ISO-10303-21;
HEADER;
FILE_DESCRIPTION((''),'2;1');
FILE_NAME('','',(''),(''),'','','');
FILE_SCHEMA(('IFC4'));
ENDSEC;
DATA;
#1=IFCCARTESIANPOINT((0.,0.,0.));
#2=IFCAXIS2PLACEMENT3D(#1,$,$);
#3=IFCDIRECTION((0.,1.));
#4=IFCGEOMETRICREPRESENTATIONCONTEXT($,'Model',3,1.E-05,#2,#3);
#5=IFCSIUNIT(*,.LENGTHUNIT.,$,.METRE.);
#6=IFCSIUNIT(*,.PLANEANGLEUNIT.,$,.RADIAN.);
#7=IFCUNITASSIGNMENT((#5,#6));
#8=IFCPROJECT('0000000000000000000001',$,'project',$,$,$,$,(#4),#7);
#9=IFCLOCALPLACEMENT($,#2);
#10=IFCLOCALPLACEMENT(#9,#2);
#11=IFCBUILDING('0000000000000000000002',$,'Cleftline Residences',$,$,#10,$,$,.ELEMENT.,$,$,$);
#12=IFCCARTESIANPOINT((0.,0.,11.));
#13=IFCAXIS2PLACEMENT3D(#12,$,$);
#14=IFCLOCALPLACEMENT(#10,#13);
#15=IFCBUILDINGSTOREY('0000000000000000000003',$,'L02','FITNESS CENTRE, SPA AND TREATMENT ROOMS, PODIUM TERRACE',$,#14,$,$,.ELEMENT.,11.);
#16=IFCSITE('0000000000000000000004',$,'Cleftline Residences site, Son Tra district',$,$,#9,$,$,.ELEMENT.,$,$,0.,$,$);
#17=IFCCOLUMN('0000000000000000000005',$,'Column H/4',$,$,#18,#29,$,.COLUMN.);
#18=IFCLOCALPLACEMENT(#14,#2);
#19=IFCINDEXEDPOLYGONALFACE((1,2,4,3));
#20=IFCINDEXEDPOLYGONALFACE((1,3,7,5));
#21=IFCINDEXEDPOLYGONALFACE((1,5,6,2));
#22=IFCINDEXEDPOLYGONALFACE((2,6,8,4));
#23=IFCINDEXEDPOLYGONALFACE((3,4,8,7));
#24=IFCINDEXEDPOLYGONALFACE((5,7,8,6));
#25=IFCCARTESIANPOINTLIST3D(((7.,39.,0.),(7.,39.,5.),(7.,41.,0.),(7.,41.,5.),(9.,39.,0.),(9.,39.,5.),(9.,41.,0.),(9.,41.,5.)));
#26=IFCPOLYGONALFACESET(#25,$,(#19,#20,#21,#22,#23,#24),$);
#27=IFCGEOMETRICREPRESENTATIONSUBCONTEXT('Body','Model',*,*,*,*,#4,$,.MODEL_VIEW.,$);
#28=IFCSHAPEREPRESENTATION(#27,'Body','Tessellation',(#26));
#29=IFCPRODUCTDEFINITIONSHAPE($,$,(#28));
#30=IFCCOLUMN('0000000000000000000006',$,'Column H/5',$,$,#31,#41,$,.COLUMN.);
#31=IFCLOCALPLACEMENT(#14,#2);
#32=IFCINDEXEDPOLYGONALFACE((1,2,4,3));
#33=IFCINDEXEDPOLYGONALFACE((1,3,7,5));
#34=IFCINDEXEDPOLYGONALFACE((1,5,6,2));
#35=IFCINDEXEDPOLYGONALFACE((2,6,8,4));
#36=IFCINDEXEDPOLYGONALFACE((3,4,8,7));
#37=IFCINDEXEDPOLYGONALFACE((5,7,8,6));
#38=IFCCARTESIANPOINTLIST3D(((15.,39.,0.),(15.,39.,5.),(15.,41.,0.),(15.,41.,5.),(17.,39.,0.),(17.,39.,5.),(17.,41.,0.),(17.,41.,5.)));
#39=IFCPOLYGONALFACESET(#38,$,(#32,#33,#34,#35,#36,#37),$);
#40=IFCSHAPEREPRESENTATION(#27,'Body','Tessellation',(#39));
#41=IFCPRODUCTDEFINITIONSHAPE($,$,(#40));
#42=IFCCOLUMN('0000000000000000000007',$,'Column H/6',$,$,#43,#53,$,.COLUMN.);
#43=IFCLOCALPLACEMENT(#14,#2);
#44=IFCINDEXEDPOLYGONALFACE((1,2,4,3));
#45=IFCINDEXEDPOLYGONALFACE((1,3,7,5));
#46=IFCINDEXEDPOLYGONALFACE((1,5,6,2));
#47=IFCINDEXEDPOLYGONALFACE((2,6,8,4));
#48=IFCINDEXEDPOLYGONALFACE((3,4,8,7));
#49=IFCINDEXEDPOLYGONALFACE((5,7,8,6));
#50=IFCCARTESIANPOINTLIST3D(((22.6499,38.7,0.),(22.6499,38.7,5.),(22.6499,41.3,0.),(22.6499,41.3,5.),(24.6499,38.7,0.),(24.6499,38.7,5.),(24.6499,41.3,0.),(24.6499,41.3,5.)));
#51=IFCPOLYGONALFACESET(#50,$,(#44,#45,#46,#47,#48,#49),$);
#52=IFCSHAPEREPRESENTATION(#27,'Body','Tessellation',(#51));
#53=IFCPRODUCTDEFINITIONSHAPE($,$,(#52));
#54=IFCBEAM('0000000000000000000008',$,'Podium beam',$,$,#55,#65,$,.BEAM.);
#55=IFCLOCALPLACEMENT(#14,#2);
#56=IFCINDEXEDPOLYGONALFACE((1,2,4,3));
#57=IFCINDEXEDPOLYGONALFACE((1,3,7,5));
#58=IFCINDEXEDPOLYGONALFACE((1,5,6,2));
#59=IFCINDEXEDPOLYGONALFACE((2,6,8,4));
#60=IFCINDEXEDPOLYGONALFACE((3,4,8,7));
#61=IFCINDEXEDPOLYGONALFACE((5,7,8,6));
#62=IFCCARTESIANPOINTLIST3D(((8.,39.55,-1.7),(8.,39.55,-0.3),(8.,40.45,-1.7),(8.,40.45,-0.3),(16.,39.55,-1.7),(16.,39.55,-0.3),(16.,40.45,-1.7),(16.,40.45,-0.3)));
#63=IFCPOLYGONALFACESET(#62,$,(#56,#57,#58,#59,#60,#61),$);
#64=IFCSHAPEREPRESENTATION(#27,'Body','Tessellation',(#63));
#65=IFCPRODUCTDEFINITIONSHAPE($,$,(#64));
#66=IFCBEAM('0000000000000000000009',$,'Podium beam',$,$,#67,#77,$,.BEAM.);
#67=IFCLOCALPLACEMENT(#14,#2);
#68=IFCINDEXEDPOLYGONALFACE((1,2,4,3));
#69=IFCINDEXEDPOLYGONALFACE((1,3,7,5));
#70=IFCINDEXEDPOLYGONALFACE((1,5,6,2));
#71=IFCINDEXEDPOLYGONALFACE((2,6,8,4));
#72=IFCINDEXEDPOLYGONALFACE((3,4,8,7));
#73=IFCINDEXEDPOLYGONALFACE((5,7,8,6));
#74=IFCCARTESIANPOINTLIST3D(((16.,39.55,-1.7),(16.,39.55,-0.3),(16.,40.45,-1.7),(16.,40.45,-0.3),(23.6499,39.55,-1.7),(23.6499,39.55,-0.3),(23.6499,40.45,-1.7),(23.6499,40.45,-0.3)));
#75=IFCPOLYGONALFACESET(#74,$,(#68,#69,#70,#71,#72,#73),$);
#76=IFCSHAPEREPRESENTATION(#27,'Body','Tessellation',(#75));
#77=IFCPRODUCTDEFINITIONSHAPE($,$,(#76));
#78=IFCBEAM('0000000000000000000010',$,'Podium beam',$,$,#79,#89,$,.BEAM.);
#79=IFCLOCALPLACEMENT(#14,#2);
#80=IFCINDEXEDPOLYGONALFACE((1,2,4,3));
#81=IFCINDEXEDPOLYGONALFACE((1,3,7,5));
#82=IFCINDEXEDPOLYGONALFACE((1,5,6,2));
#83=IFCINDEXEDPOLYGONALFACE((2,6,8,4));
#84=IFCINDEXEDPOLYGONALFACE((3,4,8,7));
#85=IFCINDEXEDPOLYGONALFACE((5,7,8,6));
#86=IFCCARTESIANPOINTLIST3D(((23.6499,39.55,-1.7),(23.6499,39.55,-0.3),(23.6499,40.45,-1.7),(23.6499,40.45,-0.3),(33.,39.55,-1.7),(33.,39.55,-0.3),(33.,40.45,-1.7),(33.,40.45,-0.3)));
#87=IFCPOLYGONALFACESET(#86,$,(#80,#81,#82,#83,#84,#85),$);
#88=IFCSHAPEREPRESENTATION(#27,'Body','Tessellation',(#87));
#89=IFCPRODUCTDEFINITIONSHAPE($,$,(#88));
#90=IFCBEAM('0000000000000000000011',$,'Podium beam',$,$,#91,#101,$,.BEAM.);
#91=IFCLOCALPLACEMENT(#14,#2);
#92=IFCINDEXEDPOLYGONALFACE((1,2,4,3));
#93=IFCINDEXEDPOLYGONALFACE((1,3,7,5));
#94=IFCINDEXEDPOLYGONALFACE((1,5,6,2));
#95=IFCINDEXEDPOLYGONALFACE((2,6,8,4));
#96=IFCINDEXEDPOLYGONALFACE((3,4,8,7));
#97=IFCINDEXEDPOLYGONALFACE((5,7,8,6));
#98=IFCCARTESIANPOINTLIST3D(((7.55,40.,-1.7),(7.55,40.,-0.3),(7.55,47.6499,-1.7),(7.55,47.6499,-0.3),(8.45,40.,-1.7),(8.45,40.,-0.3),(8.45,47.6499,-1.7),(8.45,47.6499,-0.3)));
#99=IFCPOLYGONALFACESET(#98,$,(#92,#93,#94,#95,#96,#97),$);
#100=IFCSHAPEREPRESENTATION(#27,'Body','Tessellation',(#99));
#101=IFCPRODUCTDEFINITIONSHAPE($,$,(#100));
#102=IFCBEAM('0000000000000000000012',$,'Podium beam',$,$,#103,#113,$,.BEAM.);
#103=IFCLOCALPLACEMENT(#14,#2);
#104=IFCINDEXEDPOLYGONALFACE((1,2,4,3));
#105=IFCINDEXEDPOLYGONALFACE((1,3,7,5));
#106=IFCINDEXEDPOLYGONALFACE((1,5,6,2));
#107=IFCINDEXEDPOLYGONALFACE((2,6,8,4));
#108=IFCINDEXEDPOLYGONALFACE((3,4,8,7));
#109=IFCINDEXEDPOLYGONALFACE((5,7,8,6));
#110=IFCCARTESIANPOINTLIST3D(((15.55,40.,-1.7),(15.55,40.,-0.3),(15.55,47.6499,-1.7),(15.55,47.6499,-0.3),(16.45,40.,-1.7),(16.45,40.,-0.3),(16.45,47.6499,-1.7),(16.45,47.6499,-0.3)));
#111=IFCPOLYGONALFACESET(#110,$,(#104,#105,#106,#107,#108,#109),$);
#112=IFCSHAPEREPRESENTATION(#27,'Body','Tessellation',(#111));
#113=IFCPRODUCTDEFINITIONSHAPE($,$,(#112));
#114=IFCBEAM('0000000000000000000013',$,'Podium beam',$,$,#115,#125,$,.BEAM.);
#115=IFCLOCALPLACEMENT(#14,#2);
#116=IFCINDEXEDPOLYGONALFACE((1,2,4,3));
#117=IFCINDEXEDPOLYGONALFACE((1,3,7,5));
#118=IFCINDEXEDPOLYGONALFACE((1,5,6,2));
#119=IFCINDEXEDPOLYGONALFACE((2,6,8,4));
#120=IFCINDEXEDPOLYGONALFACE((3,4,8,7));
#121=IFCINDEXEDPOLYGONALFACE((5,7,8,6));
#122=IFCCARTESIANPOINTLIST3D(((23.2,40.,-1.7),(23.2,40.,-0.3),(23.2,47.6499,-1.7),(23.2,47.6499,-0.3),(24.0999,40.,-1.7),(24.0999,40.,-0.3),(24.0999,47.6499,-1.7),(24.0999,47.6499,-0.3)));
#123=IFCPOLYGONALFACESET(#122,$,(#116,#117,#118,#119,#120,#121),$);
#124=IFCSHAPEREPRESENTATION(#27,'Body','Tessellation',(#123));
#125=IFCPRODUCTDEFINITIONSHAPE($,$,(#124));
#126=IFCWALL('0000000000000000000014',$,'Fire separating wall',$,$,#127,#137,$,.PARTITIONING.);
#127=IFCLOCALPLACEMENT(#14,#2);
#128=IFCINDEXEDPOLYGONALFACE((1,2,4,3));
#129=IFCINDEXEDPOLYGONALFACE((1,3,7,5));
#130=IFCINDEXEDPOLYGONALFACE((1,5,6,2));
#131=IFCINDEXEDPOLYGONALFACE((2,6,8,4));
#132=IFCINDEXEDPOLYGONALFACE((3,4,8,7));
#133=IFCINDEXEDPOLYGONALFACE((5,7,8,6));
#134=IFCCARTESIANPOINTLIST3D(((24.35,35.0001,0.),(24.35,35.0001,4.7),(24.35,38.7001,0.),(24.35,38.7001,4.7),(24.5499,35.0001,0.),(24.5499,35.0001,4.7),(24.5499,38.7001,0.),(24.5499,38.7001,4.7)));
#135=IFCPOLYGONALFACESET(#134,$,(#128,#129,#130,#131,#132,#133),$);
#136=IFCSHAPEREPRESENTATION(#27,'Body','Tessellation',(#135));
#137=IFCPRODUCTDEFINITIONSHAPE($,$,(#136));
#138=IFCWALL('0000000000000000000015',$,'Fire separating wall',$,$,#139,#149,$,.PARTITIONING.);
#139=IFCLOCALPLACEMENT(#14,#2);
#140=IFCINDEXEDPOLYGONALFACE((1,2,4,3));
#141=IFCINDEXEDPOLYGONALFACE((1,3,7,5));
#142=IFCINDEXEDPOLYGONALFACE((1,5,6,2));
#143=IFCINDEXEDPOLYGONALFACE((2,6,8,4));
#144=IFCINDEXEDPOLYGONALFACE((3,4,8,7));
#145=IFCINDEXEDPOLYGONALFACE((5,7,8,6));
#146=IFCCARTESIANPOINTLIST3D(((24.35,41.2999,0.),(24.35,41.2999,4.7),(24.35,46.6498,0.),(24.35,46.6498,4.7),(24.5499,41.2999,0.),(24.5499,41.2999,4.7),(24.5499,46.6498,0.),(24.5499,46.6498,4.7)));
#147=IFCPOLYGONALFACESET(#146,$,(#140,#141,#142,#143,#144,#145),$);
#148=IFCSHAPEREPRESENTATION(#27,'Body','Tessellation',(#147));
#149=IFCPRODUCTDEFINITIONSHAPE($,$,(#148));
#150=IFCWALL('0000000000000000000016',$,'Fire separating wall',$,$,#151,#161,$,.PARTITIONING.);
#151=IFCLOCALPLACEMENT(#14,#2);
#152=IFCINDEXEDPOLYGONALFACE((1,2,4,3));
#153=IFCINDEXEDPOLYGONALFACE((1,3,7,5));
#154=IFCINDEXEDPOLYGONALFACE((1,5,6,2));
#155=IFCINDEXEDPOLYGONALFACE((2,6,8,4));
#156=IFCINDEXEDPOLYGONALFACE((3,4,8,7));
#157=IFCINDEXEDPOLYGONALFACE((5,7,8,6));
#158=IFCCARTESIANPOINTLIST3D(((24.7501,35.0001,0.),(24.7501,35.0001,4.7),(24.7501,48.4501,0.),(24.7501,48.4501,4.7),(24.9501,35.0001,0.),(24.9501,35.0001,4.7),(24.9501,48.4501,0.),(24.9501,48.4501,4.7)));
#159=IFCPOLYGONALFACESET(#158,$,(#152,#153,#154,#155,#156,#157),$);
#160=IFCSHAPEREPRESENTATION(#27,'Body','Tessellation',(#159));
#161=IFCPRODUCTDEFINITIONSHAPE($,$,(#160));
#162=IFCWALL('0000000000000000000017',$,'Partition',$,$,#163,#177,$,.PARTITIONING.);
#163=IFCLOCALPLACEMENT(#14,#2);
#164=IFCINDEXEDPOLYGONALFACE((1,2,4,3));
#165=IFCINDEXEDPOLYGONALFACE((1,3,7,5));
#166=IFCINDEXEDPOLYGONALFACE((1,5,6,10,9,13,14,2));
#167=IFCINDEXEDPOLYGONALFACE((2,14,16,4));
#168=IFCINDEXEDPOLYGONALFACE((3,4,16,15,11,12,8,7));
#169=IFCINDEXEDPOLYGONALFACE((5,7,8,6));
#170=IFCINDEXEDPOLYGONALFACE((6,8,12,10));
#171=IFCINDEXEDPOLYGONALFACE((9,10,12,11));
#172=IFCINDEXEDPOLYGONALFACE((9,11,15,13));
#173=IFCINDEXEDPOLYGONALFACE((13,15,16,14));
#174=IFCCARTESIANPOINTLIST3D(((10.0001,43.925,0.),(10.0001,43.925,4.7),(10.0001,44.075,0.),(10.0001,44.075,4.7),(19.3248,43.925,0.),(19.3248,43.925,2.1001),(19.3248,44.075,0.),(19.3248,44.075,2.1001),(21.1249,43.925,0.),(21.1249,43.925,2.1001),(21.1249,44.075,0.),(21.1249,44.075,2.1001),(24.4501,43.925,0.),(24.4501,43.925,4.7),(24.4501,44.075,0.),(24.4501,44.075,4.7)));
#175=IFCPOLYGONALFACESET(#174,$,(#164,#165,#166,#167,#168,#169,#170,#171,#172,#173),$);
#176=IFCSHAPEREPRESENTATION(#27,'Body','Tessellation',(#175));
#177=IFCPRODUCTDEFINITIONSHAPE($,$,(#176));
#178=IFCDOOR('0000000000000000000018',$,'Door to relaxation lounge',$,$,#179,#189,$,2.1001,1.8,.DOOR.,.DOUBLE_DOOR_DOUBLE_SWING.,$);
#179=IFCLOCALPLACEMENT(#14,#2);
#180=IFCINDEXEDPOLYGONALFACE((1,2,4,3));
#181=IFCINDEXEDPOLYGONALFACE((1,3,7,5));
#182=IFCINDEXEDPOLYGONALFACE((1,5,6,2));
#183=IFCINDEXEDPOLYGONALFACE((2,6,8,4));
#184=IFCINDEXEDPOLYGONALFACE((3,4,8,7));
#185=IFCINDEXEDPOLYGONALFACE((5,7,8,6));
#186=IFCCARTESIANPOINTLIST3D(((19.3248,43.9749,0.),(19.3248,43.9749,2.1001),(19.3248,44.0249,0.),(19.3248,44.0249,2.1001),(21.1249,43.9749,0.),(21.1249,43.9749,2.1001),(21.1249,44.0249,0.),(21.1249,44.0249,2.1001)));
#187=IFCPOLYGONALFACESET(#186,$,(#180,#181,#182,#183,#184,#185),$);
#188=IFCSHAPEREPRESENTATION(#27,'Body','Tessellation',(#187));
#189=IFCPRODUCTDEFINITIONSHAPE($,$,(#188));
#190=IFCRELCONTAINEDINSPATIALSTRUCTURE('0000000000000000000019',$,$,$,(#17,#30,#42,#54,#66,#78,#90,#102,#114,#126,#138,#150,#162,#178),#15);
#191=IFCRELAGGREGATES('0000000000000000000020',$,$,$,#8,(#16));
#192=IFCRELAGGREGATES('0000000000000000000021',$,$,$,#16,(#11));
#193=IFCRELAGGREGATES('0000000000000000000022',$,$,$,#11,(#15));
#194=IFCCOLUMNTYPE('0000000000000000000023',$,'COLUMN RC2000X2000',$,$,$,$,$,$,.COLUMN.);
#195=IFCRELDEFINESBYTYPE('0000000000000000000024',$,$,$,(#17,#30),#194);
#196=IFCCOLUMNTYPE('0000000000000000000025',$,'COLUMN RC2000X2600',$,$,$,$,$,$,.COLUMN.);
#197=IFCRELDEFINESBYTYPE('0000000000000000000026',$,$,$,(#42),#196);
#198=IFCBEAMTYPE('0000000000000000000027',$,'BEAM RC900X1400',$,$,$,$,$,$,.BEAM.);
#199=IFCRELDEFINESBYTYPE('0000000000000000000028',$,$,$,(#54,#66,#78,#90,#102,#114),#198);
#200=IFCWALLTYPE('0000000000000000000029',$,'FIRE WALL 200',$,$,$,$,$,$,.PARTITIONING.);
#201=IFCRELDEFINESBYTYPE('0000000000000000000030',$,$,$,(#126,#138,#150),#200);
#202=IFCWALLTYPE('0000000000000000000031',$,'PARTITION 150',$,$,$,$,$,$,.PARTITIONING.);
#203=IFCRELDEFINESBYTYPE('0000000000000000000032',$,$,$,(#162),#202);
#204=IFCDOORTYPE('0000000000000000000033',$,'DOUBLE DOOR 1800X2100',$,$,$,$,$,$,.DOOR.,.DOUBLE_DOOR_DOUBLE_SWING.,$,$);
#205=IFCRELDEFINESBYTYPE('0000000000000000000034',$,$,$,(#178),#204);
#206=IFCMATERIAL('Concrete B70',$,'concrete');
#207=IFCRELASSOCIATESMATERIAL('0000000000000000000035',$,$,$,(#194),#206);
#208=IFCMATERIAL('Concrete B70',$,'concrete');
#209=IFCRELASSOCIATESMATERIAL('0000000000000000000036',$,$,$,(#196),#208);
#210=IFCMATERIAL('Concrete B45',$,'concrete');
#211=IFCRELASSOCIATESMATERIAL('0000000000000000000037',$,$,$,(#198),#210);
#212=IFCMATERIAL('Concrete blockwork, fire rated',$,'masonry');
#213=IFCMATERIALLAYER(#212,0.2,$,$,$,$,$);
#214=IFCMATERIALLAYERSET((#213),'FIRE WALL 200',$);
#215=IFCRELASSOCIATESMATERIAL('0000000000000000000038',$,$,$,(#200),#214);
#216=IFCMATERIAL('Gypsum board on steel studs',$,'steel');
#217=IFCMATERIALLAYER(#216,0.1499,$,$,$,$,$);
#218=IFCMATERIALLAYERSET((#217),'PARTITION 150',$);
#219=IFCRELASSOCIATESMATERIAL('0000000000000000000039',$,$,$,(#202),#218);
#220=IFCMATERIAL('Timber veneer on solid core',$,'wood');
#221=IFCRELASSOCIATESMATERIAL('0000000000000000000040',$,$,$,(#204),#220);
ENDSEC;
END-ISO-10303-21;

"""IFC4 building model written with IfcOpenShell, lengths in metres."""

from ifc_helpers import new_model, si_unit, direction, frame, frame_2d, origin, origin_2d, place, context, subcontext, project, spatial, rectangle, extrude, material, layer, layer_set, material_profile, profile_set, type_object, element, fill, save


model = new_model("IFC4")

# Units and contexts
model_context = context("Model", 3, precision=1e-05, world=origin(), true_north=direction((0.0, 1.0)))
body_context = subcontext(model_context, "Body", "Model", "MODEL_VIEW")
ifc_project = project(units=[si_unit("LENGTHUNIT", "METRE"), si_unit("PLANEANGLEUNIT", "RADIAN")], contexts=[model_context])

# Site, building, storey
site_placement = place(None, origin())
site = spatial("IfcSite", under=ifc_project, at=site_placement, Name="Cleftline Residences site, Son Tra district", CompositionType="ELEMENT", RefElevation=0.0)
building_placement = place(site_placement, origin())
building = spatial("IfcBuilding", under=site, at=building_placement, Name="Cleftline Residences", CompositionType="ELEMENT")
storey_placement = place(building_placement, frame((0.0, 0.0, 11.0)))
storey = spatial("IfcBuildingStorey", under=building, at=storey_placement, Name="L02", Description="FITNESS CENTRE, SPA AND TREATMENT ROOMS, PODIUM TERRACE", CompositionType="ELEMENT", Elevation=11.0)

# Columns
ifc_material_1 = material(Name="Concrete B70", Category="concrete")
ifc_material_profile_1 = material_profile(ifc_material_1, rectangle(XDim=2.0, YDim=2.0, at=origin_2d()))
ifc_profile_set_1 = profile_set([ifc_material_profile_1], Name="Concrete B70")
column_type_1 = type_object("IfcColumnType", Name="COLUMN RC2000X2000", PredefinedType="COLUMN", material=ifc_profile_set_1)
for number, where, z_axis, x_axis, name in (
    (1, (8.0, 40.0, 0.0), (0.0, 0.0, 1.0), (1.0, 0.0, 0.0), "Column H/4"),
    (2, (16.0, 40.0, 0.0), (0.0, 0.0, 1.0), (1.0, 0.0, 0.0), "Column H/5"),
):
    element("IfcColumn", number, at=place(storey_placement, frame(where, z_axis=z_axis, x_axis=x_axis)), inside=storey, type_object=column_type_1, Name=name, PredefinedType="COLUMN", context=body_context, shape_type="SweptSolid", body=[
        extrude(rectangle(XDim=2.0, YDim=2.0, at=origin_2d()), origin(), (0.0, 0.0, 1.0), 5.0),
    ])
ifc_material_2 = material(Name="Concrete B70", Category="concrete")
ifc_material_profile_2 = material_profile(ifc_material_2, rectangle(XDim=2.0, YDim=2.6001, at=origin_2d()))
ifc_profile_set_2 = profile_set([ifc_material_profile_2], Name="Concrete B70")
column_type_2 = type_object("IfcColumnType", Name="COLUMN RC2000X2600", PredefinedType="COLUMN", material=ifc_profile_set_2)
column_placement = place(storey_placement, frame((23.6499, 40.0, 0.0), z_axis=(0.0, 0.0, 1.0), x_axis=(1.0, 0.0, 0.0)))
element("IfcColumn", 3, at=column_placement, inside=storey, type_object=column_type_2, Name="Column H/6", PredefinedType="COLUMN", context=body_context, shape_type="SweptSolid", body=[
    extrude(rectangle(XDim=2.0, YDim=2.6001, at=origin_2d()), origin(), (0.0, 0.0, 1.0), 5.0),
])

# Beams
ifc_material_3 = material(Name="Concrete B45", Category="concrete")
ifc_material_profile_3 = material_profile(ifc_material_3, rectangle(XDim=0.8999, YDim=1.3999, at=origin_2d()))
ifc_profile_set_3 = profile_set([ifc_material_profile_3], Name="Concrete B45")
beam_type = type_object("IfcBeamType", Name="BEAM RC900X1400", PredefinedType="BEAM", material=ifc_profile_set_3)
beam_1_placement = place(storey_placement, frame((8.0, 40.0, -1.0), z_axis=(1.0, 0.0, 0.0), x_axis=(0.0, 1.0, 0.0)))
element("IfcBeam", 4, at=beam_1_placement, inside=storey, type_object=beam_type, Name="Podium beam", PredefinedType="BEAM", context=body_context, shape_type="SweptSolid", body=[
    extrude(rectangle(XDim=0.8999, YDim=1.3999, at=origin_2d()), origin(), (0.0, 0.0, 1.0), 8.0),
])
beam_2_placement = place(storey_placement, frame((16.0, 40.0, -1.0), z_axis=(1.0, 0.0, 0.0), x_axis=(0.0, 1.0, 0.0)))
element("IfcBeam", 5, at=beam_2_placement, inside=storey, type_object=beam_type, Name="Podium beam", PredefinedType="BEAM", context=body_context, shape_type="SweptSolid", body=[
    extrude(rectangle(XDim=0.8999, YDim=1.3999, at=origin_2d()), origin(), (0.0, 0.0, 1.0), 7.6499),
])
beam_3_placement = place(storey_placement, frame((23.6499, 40.0, -1.0), z_axis=(1.0, 0.0, 0.0), x_axis=(0.0, 1.0, 0.0)))
element("IfcBeam", 6, at=beam_3_placement, inside=storey, type_object=beam_type, Name="Podium beam", PredefinedType="BEAM", context=body_context, shape_type="SweptSolid", body=[
    extrude(rectangle(XDim=0.8999, YDim=1.3999, at=origin_2d()), origin(), (0.0, 0.0, 1.0), 9.3501),
])
for number, where, z_axis, x_axis, name in (
    (7, (8.0, 40.0, -1.0), (0.0, 1.0, 0.0), (-1.0, 0.0, 0.0), "Podium beam"),
    (8, (16.0, 40.0, -1.0), (0.0, 1.0, 0.0), (-1.0, 0.0, 0.0), "Podium beam"),
    (9, (23.6499, 40.0, -1.0), (0.0, 1.0, 0.0), (-1.0, 0.0, 0.0), "Podium beam"),
):
    element("IfcBeam", number, at=place(storey_placement, frame(where, z_axis=z_axis, x_axis=x_axis)), inside=storey, type_object=beam_type, Name=name, PredefinedType="BEAM", context=body_context, shape_type="SweptSolid", body=[
        extrude(rectangle(XDim=0.8999, YDim=1.3999, at=origin_2d()), origin(), (0.0, 0.0, 1.0), 7.6499),
    ])

# Walls
ifc_material_4 = material(Name="Concrete blockwork, fire rated", Category="masonry")
ifc_layer_1 = layer(ifc_material_4, 0.2)
ifc_layer_set_1 = layer_set([ifc_layer_1], Name="FIRE WALL 200")
wall_type_1 = type_object("IfcWallType", Name="FIRE WALL 200", PredefinedType="PARTITIONING", material=ifc_layer_set_1)
wall_1_placement = place(storey_placement, frame((24.45, 35.0, 0.0), z_axis=(0.0, 0.0, 1.0), x_axis=(0.0, 1.0, 0.0)))
element("IfcWall", 10, at=wall_1_placement, inside=storey, type_object=wall_type_1, Name="Fire separating wall", PredefinedType="PARTITIONING", context=body_context, shape_type="SweptSolid", body=[
    extrude(rectangle(XDim=3.7, YDim=0.2, at=frame_2d((1.8501, 0.0))), origin(), (0.0, 0.0, 1.0), 4.7),
])
wall_2_placement = place(storey_placement, frame((24.45, 41.3, 0.0), z_axis=(0.0, 0.0, 1.0), x_axis=(0.0, 1.0, 0.0)))
element("IfcWall", 11, at=wall_2_placement, inside=storey, type_object=wall_type_1, Name="Fire separating wall", PredefinedType="PARTITIONING", context=body_context, shape_type="SweptSolid", body=[
    extrude(rectangle(XDim=5.3499, YDim=0.2, at=frame_2d((2.6748, 0.0))), origin(), (0.0, 0.0, 1.0), 4.7),
])
wall_3_placement = place(storey_placement, frame((24.8501, 35.0, 0.0), z_axis=(0.0, 0.0, 1.0), x_axis=(0.0, 1.0, 0.0)))
element("IfcWall", 12, at=wall_3_placement, inside=storey, type_object=wall_type_1, Name="Fire separating wall", PredefinedType="PARTITIONING", context=body_context, shape_type="SweptSolid", body=[
    extrude(rectangle(XDim=13.45, YDim=0.2, at=frame_2d((6.7251, 0.0))), origin(), (0.0, 0.0, 1.0), 4.7),
])

# Wall, opening, door
ifc_material_5 = material(Name="Gypsum board on steel studs", Category="steel")
ifc_layer_2 = layer(ifc_material_5, 0.1499)
ifc_layer_set_2 = layer_set([ifc_layer_2], Name="PARTITION 150")
wall_type_2 = type_object("IfcWallType", Name="PARTITION 150", PredefinedType="PARTITIONING", material=ifc_layer_set_2)
wall_4_placement = place(storey_placement, frame((10.0, 44.0, 0.0), z_axis=(0.0, 0.0, 1.0), x_axis=(1.0, 0.0, 0.0)))
wall_4 = element("IfcWall", 13, at=wall_4_placement, inside=storey, type_object=wall_type_2, Name="Partition", PredefinedType="PARTITIONING", context=body_context, shape_type="SweptSolid", body=[
    extrude(rectangle(XDim=14.45, YDim=0.1499, at=frame_2d((7.2251, 0.0))), origin(), (0.0, 0.0, 1.0), 4.7),
])
opening_1_placement = place(wall_4_placement, frame((9.325, 0.0, 0.0)))
opening_1 = element("IfcOpeningElement", 14, at=opening_1_placement, cuts=wall_4, PredefinedType="OPENING", context=body_context, shape_type="SweptSolid", body=[
    extrude(rectangle(XDim=1.8, YDim=2.1001, at=frame_2d((0.8999, 1.05))), frame((0.0, 0.085, 0.0), z_axis=(0.0, -1.0, 0.0), x_axis=(1.0, 0.0, 0.0)), (0.0, 0.0, 1.0), 0.1699),
])
ifc_material_6 = material(Name="Timber veneer on solid core", Category="wood")
door_type_1 = type_object("IfcDoorType", Name="DOUBLE DOOR 1800X2100", OperationType="DOUBLE_DOOR_DOUBLE_SWING", PredefinedType="DOOR", material=ifc_material_6)
door_1_placement = place(opening_1_placement, origin())
door_1 = element("IfcDoor", 15, at=door_1_placement, inside=storey, type_object=door_type_1, Name="Door to relaxation lounge", OperationType="DOUBLE_DOOR_DOUBLE_SWING", OverallHeight=2.1001, OverallWidth=1.8, PredefinedType="DOOR", context=body_context, shape_type="SweptSolid", body=[
    extrude(rectangle(XDim=1.8, YDim=2.1001, at=frame_2d((0.8999, 1.05))), frame((0.0, 0.0249, 0.0), z_axis=(0.0, -1.0, 0.0), x_axis=(1.0, 0.0, 0.0)), (0.0, 0.0, 1.0), 0.05),
])
fill(opening_1, door_1)

save(model, "model.ifc")
